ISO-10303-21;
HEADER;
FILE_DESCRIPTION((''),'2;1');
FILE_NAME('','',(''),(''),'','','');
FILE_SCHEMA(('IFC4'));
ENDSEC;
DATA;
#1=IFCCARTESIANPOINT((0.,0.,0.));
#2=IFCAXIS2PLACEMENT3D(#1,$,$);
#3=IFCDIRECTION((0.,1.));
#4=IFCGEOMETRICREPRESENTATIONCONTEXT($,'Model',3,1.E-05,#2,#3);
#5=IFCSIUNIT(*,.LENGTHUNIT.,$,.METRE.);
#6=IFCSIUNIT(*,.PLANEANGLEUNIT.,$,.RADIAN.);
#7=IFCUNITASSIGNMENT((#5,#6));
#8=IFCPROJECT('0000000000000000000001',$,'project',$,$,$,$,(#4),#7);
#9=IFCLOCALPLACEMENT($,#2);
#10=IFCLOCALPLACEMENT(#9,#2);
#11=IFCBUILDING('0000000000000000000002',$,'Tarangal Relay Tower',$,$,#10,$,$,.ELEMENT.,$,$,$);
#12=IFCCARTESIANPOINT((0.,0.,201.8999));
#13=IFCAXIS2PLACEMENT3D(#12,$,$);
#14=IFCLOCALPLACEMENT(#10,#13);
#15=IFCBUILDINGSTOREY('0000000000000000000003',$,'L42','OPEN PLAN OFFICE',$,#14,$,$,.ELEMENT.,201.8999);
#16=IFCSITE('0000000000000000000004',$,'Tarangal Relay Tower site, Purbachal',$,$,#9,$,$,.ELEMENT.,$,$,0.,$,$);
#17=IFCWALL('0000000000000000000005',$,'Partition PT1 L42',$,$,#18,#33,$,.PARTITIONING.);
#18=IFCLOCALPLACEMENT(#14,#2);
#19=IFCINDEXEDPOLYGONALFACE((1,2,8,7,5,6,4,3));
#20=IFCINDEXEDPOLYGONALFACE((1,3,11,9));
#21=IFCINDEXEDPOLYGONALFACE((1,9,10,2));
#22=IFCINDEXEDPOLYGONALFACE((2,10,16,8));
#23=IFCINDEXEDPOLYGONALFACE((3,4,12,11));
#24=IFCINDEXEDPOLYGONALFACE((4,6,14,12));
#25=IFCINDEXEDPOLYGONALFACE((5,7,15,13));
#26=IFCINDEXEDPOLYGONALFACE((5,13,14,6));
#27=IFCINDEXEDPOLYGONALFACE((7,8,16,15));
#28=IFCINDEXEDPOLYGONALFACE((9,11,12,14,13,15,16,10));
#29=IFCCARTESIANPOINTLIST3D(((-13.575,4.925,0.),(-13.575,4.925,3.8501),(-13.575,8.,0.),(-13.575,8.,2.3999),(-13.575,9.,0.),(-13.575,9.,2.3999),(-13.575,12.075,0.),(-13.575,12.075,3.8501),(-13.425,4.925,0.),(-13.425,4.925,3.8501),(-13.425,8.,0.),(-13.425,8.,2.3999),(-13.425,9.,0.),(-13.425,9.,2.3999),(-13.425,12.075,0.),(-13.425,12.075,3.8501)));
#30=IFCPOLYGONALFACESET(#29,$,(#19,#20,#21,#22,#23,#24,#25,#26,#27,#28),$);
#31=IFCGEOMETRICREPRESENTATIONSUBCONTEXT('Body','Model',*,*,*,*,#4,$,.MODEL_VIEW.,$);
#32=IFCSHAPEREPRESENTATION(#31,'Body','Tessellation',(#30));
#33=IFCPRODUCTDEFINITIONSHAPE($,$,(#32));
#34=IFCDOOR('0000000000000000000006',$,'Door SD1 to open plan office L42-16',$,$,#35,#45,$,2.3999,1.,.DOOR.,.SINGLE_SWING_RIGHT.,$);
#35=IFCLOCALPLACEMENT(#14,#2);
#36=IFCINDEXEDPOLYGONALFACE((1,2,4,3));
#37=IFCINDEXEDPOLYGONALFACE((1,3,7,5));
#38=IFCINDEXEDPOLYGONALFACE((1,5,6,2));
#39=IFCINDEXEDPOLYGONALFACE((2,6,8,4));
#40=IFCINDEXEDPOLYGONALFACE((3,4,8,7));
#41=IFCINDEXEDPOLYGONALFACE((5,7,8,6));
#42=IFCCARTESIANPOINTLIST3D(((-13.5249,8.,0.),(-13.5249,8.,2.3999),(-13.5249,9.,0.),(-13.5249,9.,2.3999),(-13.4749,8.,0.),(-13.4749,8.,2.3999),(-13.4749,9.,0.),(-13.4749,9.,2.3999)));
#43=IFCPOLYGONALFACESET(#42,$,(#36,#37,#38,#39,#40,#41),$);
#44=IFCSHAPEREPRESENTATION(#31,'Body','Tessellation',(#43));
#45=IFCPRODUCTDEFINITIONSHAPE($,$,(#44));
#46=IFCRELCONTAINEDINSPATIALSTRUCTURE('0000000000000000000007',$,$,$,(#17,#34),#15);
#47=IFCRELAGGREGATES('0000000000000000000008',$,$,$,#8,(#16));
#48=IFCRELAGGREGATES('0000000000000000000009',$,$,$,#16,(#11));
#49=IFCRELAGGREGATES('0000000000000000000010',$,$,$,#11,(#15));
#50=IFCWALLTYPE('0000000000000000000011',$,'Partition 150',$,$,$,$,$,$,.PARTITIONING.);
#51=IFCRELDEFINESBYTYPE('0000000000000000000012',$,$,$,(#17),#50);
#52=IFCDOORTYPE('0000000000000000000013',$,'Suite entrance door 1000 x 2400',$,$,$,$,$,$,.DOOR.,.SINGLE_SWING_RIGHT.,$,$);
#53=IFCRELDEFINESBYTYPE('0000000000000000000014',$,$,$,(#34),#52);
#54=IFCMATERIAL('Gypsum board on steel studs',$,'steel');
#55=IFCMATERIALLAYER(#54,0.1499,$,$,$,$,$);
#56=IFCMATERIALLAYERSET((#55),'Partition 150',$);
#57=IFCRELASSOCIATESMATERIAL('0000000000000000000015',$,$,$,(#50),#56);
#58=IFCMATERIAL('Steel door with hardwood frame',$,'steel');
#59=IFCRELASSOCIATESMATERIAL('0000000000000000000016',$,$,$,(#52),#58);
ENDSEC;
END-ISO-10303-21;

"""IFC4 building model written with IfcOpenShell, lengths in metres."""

from ifc_helpers import new_model, si_unit, direction, frame, frame_2d, origin, place, context, subcontext, project, spatial, rectangle, extrude, material, layer, layer_set, type_object, element, fill, save


model = new_model("IFC4")

# Units and contexts
model_context = context("Model", 3, precision=1e-05, world=origin(), true_north=direction((0.0, 1.0)))
body_context = subcontext(model_context, "Body", "Model", "MODEL_VIEW")
ifc_project = project(units=[si_unit("LENGTHUNIT", "METRE"), si_unit("PLANEANGLEUNIT", "RADIAN")], contexts=[model_context])

# Site, building, storey
site_placement = place(None, origin())
site = spatial("IfcSite", under=ifc_project, at=site_placement, Name="Tarangal Relay Tower site, Purbachal", CompositionType="ELEMENT", RefElevation=0.0)
building_placement = place(site_placement, origin())
building = spatial("IfcBuilding", under=site, at=building_placement, Name="Tarangal Relay Tower", CompositionType="ELEMENT")
storey_placement = place(building_placement, frame((0.0, 0.0, 201.8999)))
storey = spatial("IfcBuildingStorey", under=building, at=storey_placement, Name="L42", Description="OPEN PLAN OFFICE", CompositionType="ELEMENT", Elevation=201.8999)

# Shared definitions
ifc_material_1 = material(Name="Steel door with hardwood frame", Category="steel")

# Shared definitions
ifc_material_2 = material(Name="Gypsum board on steel studs", Category="steel")
ifc_layer_1 = layer(ifc_material_2, 0.1499)
ifc_layer_set_1 = layer_set([ifc_layer_1], Name="Partition 150")
wall_type_1 = type_object("IfcWallType", Name="Partition 150", PredefinedType="PARTITIONING", material=ifc_layer_set_1)

# Wall, opening, door
wall_1_placement = place(storey_placement, frame((-13.5, 4.925, 0.0), z_axis=(0.0, 0.0, 1.0), x_axis=(0.0, 1.0, 0.0)))
wall_1 = element("IfcWall", 1, at=wall_1_placement, inside=storey, type_object=wall_type_1, Name="Partition PT1 L42", PredefinedType="PARTITIONING", context=body_context, shape_type="SweptSolid", body=[
    extrude(rectangle(XDim=7.1499, YDim=0.1499, at=frame_2d((3.575, 0.0))), origin(), (0.0, 0.0, 1.0), 3.8501),
])
opening_1_placement = place(wall_1_placement, frame((3.075, 0.0, 0.0)))
opening_1 = element("IfcOpeningElement", 2, at=opening_1_placement, cuts=wall_1, PredefinedType="OPENING", context=body_context, shape_type="SweptSolid", body=[
    extrude(rectangle(XDim=1.0, YDim=2.3999, at=frame_2d((0.5, 1.2))), frame((0.0, 0.085, 0.0), z_axis=(0.0, -1.0, 0.0), x_axis=(1.0, 0.0, 0.0)), (0.0, 0.0, 1.0), 0.1699),
])
door_type_1 = type_object("IfcDoorType", Name="Suite entrance door 1000 x 2400", OperationType="SINGLE_SWING_RIGHT", PredefinedType="DOOR", material=ifc_material_1)
door_1_placement = place(opening_1_placement, origin())
door_1 = element("IfcDoor", 3, at=door_1_placement, inside=storey, type_object=door_type_1, Name="Door SD1 to open plan office L42-16", OperationType="SINGLE_SWING_RIGHT", OverallHeight=2.3999, OverallWidth=1.0, PredefinedType="DOOR", context=body_context, shape_type="SweptSolid", body=[
    extrude(rectangle(XDim=1.0, YDim=2.3999, at=frame_2d((0.5, 1.2))), frame((0.0, 0.0249, 0.0), z_axis=(0.0, -1.0, 0.0), x_axis=(1.0, 0.0, 0.0)), (0.0, 0.0, 1.0), 0.05),
])
fill(opening_1, door_1)

save(model, "model.ifc")
